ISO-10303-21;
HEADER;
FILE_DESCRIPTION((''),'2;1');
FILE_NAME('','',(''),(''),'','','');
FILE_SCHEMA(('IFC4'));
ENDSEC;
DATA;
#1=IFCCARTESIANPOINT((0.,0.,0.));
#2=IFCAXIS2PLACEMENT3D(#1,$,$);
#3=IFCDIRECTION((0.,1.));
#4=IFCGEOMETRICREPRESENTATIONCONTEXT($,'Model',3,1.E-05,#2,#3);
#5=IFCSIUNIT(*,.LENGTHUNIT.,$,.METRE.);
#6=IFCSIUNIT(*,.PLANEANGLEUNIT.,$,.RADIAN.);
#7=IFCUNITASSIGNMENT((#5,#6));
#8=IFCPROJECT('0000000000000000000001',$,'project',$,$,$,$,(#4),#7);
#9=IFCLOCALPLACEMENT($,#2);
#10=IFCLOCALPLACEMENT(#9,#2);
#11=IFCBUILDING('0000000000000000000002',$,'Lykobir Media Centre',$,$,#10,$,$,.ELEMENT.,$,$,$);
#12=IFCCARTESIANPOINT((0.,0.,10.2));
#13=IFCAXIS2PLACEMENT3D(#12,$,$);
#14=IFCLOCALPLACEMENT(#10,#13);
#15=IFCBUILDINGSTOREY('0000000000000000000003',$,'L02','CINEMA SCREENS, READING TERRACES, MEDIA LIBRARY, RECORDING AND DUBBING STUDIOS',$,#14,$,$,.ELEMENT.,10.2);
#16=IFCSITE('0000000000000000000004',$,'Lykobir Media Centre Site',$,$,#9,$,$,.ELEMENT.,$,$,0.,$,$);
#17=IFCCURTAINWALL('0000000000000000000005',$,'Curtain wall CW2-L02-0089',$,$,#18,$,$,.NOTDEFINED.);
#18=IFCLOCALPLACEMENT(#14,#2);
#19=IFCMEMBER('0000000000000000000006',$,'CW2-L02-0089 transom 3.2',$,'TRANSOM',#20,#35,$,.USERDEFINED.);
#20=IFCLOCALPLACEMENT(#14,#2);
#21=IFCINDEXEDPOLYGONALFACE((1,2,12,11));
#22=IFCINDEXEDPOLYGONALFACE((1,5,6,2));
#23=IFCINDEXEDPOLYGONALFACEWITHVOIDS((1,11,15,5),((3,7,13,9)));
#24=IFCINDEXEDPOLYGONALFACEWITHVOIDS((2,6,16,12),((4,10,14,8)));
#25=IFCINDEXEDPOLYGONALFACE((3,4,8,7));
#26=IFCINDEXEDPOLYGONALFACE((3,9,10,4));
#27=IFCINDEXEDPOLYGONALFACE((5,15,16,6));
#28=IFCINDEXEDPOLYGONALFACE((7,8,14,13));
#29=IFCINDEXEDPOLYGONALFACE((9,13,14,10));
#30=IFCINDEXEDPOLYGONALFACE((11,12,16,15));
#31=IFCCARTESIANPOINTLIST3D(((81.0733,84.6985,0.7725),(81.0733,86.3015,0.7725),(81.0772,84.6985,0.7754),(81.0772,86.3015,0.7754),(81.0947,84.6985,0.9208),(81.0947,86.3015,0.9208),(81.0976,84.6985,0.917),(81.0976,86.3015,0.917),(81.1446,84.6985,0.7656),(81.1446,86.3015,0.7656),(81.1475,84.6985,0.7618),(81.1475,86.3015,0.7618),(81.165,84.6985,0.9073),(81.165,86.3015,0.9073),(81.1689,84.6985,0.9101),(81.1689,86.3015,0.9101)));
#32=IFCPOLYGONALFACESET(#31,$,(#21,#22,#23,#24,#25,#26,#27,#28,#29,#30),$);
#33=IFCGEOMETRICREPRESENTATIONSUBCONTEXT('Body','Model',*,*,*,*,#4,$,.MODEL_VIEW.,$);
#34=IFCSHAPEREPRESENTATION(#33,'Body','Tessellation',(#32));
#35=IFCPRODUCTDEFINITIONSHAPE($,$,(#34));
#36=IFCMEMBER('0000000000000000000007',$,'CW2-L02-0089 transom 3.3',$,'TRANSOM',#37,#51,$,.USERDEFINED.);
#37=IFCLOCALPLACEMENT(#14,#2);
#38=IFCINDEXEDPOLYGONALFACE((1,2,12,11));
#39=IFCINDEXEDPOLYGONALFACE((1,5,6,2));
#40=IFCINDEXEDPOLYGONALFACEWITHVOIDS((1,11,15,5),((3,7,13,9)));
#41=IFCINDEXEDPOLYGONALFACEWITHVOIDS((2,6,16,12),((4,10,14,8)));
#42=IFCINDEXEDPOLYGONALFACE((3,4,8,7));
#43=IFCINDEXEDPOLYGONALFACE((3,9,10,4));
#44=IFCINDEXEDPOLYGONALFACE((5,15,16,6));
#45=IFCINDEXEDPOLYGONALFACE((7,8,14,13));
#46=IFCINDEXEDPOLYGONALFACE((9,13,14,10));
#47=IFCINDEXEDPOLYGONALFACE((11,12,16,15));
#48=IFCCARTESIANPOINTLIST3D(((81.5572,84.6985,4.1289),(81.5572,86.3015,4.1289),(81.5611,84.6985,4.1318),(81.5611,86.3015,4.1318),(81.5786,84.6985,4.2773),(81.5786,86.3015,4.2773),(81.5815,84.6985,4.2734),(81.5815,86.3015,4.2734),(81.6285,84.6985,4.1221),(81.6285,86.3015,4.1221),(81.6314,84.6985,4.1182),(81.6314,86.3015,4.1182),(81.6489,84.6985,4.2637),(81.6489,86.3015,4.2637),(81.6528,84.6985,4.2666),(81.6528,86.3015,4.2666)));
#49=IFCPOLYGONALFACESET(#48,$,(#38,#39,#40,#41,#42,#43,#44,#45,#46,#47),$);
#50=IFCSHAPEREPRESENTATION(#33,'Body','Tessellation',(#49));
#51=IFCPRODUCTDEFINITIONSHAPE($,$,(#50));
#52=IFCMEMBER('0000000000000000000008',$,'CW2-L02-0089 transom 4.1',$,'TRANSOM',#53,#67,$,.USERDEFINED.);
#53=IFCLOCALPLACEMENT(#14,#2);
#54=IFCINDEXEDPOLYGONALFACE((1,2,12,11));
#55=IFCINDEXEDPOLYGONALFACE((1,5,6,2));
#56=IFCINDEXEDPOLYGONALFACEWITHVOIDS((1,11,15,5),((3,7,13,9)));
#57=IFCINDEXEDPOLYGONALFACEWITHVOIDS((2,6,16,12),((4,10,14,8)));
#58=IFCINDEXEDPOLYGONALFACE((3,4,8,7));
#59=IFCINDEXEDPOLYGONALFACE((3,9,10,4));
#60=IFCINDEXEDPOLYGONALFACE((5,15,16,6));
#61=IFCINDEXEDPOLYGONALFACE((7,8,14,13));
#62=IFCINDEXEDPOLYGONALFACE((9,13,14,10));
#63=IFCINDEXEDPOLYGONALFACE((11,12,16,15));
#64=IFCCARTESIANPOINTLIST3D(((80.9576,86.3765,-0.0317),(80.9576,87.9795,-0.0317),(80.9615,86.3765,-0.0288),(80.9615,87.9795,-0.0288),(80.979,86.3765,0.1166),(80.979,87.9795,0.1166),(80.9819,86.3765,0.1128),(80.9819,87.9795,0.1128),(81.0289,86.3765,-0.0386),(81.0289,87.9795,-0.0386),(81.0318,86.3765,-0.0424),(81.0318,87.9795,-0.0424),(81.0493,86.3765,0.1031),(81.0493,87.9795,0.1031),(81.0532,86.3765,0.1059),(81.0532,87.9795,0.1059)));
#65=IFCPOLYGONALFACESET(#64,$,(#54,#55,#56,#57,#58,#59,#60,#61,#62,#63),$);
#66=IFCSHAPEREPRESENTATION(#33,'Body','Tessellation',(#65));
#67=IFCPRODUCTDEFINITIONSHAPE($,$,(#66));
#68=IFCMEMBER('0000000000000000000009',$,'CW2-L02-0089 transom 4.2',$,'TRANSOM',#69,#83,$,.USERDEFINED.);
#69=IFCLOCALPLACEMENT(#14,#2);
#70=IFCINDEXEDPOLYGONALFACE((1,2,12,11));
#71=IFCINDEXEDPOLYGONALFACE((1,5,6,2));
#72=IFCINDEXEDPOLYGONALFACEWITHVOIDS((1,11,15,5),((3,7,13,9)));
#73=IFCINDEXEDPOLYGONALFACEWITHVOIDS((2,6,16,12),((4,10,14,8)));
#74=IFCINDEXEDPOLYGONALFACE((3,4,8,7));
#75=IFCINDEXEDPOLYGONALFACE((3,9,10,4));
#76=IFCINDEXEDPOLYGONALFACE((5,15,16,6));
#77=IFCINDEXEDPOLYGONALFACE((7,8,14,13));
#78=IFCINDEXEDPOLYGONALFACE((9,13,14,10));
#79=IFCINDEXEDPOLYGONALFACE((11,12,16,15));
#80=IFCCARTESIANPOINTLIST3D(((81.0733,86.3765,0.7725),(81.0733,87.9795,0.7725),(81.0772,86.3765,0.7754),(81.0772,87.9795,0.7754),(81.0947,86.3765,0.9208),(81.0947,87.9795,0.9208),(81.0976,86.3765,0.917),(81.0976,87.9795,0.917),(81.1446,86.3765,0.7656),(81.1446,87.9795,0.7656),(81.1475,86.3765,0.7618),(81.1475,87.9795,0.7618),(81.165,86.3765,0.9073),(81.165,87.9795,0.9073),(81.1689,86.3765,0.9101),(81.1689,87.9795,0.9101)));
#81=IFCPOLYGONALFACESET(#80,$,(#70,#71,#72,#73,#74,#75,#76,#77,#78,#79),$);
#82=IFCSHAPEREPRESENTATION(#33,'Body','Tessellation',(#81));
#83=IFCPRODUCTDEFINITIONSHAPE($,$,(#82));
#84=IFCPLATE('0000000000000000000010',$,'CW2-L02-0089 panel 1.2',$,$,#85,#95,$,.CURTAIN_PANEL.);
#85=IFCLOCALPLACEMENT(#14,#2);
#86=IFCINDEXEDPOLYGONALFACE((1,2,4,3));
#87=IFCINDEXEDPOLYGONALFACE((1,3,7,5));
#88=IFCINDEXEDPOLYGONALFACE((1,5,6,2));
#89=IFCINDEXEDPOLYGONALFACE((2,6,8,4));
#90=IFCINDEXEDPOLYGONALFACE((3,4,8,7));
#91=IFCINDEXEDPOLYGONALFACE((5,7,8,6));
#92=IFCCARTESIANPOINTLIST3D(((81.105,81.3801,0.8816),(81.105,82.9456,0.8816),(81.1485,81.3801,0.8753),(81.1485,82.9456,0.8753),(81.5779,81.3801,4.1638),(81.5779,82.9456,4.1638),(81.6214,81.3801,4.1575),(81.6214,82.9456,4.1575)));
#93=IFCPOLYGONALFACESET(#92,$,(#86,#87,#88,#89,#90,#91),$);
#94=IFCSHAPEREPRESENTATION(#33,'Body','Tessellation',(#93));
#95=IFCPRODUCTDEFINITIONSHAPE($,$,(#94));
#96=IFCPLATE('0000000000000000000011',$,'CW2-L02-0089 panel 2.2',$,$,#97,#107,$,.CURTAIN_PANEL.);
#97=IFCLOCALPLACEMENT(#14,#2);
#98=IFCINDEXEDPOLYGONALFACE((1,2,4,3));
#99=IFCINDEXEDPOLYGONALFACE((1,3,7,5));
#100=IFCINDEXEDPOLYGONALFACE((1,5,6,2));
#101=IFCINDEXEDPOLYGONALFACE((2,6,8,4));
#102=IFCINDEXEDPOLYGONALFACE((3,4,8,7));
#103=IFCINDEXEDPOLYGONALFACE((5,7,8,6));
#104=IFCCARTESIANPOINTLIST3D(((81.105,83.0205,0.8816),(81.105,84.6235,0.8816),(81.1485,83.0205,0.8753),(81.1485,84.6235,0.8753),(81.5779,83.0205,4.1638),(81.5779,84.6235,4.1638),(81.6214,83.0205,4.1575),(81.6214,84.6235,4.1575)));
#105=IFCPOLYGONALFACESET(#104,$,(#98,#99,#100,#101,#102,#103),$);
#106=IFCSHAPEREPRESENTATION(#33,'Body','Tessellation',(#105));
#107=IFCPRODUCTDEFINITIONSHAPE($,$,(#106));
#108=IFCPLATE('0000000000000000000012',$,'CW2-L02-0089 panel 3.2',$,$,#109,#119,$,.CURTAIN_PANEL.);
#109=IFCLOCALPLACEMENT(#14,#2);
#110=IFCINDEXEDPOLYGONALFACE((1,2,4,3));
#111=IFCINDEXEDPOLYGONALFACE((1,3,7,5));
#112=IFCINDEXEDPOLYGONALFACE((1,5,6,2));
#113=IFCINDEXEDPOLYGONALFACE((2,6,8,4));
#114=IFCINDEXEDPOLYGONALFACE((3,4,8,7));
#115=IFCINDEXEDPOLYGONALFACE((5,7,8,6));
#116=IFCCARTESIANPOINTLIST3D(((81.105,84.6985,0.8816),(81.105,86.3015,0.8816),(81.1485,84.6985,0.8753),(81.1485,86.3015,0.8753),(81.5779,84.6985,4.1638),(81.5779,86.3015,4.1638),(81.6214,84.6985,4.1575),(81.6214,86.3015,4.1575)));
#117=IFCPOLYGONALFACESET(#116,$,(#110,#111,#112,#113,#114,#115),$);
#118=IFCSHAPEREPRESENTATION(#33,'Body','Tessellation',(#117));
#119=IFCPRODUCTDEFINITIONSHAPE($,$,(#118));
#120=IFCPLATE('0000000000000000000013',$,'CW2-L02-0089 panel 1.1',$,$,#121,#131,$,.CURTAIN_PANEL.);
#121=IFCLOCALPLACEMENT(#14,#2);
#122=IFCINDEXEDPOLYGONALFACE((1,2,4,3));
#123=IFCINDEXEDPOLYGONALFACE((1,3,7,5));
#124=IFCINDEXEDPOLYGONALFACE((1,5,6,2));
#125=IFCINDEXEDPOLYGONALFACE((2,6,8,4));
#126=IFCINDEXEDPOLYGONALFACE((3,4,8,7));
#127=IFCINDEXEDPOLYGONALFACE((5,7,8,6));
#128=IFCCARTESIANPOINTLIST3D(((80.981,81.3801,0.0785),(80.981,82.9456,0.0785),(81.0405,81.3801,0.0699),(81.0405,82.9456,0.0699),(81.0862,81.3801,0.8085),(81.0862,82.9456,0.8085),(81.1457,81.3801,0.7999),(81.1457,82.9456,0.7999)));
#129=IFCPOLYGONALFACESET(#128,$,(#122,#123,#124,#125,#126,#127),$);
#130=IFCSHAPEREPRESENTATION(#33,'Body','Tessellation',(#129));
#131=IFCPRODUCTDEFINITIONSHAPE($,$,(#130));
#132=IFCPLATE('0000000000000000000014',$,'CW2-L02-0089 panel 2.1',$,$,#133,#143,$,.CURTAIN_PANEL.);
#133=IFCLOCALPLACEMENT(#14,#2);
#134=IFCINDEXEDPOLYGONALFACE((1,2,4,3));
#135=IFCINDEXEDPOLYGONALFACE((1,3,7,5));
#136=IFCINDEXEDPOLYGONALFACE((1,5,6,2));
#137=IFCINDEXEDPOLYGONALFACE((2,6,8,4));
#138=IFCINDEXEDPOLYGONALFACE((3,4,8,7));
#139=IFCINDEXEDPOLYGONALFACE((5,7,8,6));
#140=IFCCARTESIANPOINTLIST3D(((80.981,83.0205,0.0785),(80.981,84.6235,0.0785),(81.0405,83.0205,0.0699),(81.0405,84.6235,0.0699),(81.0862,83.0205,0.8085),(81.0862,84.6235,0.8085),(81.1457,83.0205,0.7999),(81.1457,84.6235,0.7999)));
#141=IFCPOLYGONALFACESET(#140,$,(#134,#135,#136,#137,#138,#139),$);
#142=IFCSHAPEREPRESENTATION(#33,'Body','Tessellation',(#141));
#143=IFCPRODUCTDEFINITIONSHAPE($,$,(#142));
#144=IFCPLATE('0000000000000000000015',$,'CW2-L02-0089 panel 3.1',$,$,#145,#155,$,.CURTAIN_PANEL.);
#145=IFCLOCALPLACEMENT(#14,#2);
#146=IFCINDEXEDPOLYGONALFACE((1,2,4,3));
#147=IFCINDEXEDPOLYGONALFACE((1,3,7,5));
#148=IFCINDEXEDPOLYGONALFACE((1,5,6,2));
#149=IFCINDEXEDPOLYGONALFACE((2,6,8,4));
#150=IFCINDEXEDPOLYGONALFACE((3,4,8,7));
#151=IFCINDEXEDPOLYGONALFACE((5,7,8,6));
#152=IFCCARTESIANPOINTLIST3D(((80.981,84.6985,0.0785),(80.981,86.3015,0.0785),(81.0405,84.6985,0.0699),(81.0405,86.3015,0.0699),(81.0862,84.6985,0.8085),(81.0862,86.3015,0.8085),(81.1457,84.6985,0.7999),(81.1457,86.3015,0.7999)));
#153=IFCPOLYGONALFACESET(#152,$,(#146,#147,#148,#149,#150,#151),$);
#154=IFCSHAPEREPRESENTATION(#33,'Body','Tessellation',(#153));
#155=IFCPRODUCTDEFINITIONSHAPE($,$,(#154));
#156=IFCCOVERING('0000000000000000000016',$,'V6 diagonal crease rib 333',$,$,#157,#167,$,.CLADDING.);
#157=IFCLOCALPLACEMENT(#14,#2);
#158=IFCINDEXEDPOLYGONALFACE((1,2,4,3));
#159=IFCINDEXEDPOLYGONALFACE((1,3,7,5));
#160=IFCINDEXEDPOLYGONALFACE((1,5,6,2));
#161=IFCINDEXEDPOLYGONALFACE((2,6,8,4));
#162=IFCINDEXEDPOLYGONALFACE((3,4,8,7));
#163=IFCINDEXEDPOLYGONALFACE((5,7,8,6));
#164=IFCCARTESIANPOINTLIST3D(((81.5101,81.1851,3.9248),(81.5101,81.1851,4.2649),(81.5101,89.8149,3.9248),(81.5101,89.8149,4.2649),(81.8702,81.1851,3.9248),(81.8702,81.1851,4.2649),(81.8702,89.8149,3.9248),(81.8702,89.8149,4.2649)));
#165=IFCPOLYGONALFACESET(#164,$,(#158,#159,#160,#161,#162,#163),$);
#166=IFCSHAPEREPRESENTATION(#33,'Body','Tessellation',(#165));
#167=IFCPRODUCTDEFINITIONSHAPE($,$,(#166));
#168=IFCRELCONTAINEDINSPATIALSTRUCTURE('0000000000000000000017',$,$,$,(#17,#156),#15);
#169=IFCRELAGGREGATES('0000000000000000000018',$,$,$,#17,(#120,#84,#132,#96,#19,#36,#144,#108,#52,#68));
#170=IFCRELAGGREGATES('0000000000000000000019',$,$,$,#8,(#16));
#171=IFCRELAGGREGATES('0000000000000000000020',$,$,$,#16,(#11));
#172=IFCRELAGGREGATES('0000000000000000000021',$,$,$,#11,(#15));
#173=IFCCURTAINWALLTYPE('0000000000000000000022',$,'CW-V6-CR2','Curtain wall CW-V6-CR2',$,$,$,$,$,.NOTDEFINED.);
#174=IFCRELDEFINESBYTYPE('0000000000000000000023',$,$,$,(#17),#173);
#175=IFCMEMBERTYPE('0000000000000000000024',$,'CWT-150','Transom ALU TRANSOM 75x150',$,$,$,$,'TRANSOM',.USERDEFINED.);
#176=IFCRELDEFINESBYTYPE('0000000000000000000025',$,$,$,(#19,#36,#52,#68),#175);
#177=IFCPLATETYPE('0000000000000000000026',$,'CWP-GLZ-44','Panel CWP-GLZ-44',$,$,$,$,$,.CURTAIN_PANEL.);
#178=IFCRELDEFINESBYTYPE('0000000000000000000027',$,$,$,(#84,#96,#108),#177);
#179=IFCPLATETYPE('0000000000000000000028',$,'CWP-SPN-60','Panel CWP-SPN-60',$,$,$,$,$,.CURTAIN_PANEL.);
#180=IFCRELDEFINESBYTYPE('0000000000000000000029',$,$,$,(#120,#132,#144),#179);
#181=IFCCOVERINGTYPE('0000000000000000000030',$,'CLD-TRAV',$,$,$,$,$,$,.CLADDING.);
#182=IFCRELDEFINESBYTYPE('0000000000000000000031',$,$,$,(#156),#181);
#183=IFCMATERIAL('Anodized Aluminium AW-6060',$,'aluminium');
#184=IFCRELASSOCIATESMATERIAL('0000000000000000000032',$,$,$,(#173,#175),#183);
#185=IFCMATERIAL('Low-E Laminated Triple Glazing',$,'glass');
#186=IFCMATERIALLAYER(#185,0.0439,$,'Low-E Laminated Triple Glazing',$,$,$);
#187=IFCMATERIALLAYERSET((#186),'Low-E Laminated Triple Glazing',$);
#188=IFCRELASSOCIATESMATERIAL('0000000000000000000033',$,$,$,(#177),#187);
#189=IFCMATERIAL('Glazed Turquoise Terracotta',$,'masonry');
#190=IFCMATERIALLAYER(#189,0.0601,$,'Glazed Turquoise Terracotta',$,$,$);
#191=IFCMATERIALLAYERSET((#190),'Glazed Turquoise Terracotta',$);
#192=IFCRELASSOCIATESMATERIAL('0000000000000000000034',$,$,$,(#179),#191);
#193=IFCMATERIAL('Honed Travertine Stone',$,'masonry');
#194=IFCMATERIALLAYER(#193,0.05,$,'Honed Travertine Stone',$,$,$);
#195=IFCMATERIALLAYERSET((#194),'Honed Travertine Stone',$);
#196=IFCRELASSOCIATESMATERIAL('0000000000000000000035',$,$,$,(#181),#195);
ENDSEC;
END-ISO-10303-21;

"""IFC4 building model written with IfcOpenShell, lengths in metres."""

from ifc_helpers import new_model, si_unit, direction, frame, origin, origin_2d, place, context, subcontext, project, spatial, rectangle, hollow_rectangle, extrude, material, layer, layer_set, material_profile, profile_set, type_object, element, aggregate, save


model = new_model("IFC4")

# Units and contexts
model_context = context("Model", 3, precision=1e-05, world=origin(), true_north=direction((0.0, 1.0)))
body_context = subcontext(model_context, "Body", "Model", "MODEL_VIEW")
ifc_project = project(units=[si_unit("LENGTHUNIT", "METRE"), si_unit("PLANEANGLEUNIT", "RADIAN")], contexts=[model_context])

# Site, building, storey
site_placement = place(None, origin())
site = spatial("IfcSite", under=ifc_project, at=site_placement, Name="Lykobir Media Centre Site", CompositionType="ELEMENT", RefElevation=0.0)
building_placement = place(site_placement, origin())
building = spatial("IfcBuilding", under=site, at=building_placement, Name="Lykobir Media Centre", CompositionType="ELEMENT")
storey_placement = place(building_placement, frame((0.0, 0.0, 10.2)))
storey = spatial("IfcBuildingStorey", under=building, at=storey_placement, Name="L02", Description="CINEMA SCREENS, READING TERRACES, MEDIA LIBRARY, RECORDING AND DUBBING STUDIOS", CompositionType="ELEMENT", Elevation=10.2)

# Curtain wall, members, plates
ifc_material_1 = material(Name="Anodized Aluminium AW-6060", Category="aluminium")
curtain_wall_type = type_object("IfcCurtainWallType", Name="CW-V6-CR2", Description="Curtain wall CW-V6-CR2", PredefinedType="NOTDEFINED", material=ifc_material_1)
curtain_wall_placement = place(storey_placement, origin())
curtain_wall = element("IfcCurtainWall", 1, at=curtain_wall_placement, inside=storey, type_object=curtain_wall_type, Name="Curtain wall CW2-L02-0089", PredefinedType="NOTDEFINED")
ifc_material_profile_1 = material_profile(ifc_material_1, hollow_rectangle(XDim=0.075, YDim=0.1499, WallThickness=0.0034, at=origin_2d()), Name="ALU TRANSOM 75x150")
ifc_profile_set_1 = profile_set([ifc_material_profile_1], Name="Anodized Aluminium AW-6060")
member_type_1 = type_object("IfcMemberType", Name="CWT-150", Description="Transom ALU TRANSOM 75x150", ElementType="TRANSOM", PredefinedType="USERDEFINED", material=ifc_profile_set_1)
member_1_placement = place(storey_placement, frame((81.1211, 84.6985, 0.8413), z_axis=(0.0, 1.0, 0.0), x_axis=(-0.989776, 0.0, 0.142629)))
member_1 = element("IfcMember", 2, at=member_1_placement, type_object=member_type_1, Name="CW2-L02-0089 transom 3.2", ObjectType="TRANSOM", PredefinedType="USERDEFINED", context=body_context, shape_type="SweptSolid", body=[
    extrude(hollow_rectangle(XDim=0.075, YDim=0.1499, WallThickness=0.0034, at=origin_2d()), origin(), (0.0, 0.0, 1.0), 1.603),
])
member_2_placement = place(storey_placement, frame((81.605, 84.6985, 4.1978), z_axis=(0.0, 1.0, 0.0), x_axis=(-0.989776, 0.0, 0.142629)))
member_2 = element("IfcMember", 3, at=member_2_placement, type_object=member_type_1, Name="CW2-L02-0089 transom 3.3", ObjectType="TRANSOM", PredefinedType="USERDEFINED", context=body_context, shape_type="SweptSolid", body=[
    extrude(hollow_rectangle(XDim=0.075, YDim=0.1499, WallThickness=0.0034, at=origin_2d()), origin(), (0.0, 0.0, 1.0), 1.603),
])
member_3_placement = place(storey_placement, frame((81.0054, 86.3765, 0.0371), z_axis=(0.0, 1.0, 0.0), x_axis=(-0.989776, 0.0, 0.142629)))
member_3 = element("IfcMember", 4, at=member_3_placement, type_object=member_type_1, Name="CW2-L02-0089 transom 4.1", ObjectType="TRANSOM", PredefinedType="USERDEFINED", context=body_context, shape_type="SweptSolid", body=[
    extrude(hollow_rectangle(XDim=0.075, YDim=0.1499, WallThickness=0.0034, at=origin_2d()), origin(), (0.0, 0.0, 1.0), 1.603),
])
member_4_placement = place(storey_placement, frame((81.1211, 86.3765, 0.8413), z_axis=(0.0, 1.0, 0.0), x_axis=(-0.989776, 0.0, 0.142629)))
member_4 = element("IfcMember", 5, at=member_4_placement, type_object=member_type_1, Name="CW2-L02-0089 transom 4.2", ObjectType="TRANSOM", PredefinedType="USERDEFINED", context=body_context, shape_type="SweptSolid", body=[
    extrude(hollow_rectangle(XDim=0.075, YDim=0.1499, WallThickness=0.0034, at=origin_2d()), origin(), (0.0, 0.0, 1.0), 1.603),
])
ifc_material_2 = material(Name="Low-E Laminated Triple Glazing", Category="glass")
ifc_layer_1 = layer(ifc_material_2, 0.0439, Name="Low-E Laminated Triple Glazing")
ifc_layer_set_1 = layer_set([ifc_layer_1], Name="Low-E Laminated Triple Glazing")
plate_type_1 = type_object("IfcPlateType", Name="CWP-GLZ-44", Description="Panel CWP-GLZ-44", PredefinedType="CURTAIN_PANEL", material=ifc_layer_set_1)
plate_1_placement = place(storey_placement, frame((81.1267, 82.1628, 0.8784), z_axis=(0.142629, 0.0, 0.989776), x_axis=(0.0, 1.0, 0.0)))
plate_1 = element("IfcPlate", 6, at=plate_1_placement, type_object=plate_type_1, Name="CW2-L02-0089 panel 1.2", PredefinedType="CURTAIN_PANEL", context=body_context, shape_type="SweptSolid", body=[
    extrude(rectangle(XDim=1.5654, YDim=0.0439, at=origin_2d()), origin(), (0.0, 0.0, 1.0), 3.3162),
])
plate_2_placement = place(storey_placement, frame((81.1267, 83.822, 0.8784), z_axis=(0.142629, 0.0, 0.989776), x_axis=(0.0, 1.0, 0.0)))
plate_2 = element("IfcPlate", 7, at=plate_2_placement, type_object=plate_type_1, Name="CW2-L02-0089 panel 2.2", PredefinedType="CURTAIN_PANEL", context=body_context, shape_type="SweptSolid", body=[
    extrude(rectangle(XDim=1.603, YDim=0.0439, at=origin_2d()), origin(), (0.0, 0.0, 1.0), 3.3162),
])
plate_3_placement = place(storey_placement, frame((81.1267, 85.5, 0.8784), z_axis=(0.142629, 0.0, 0.989776), x_axis=(0.0, 1.0, 0.0)))
plate_3 = element("IfcPlate", 8, at=plate_3_placement, type_object=plate_type_1, Name="CW2-L02-0089 panel 3.2", PredefinedType="CURTAIN_PANEL", context=body_context, shape_type="SweptSolid", body=[
    extrude(rectangle(XDim=1.603, YDim=0.0439, at=origin_2d()), origin(), (0.0, 0.0, 1.0), 3.3162),
])
ifc_material_3 = material(Name="Glazed Turquoise Terracotta", Category="masonry")
ifc_layer_2 = layer(ifc_material_3, 0.0601, Name="Glazed Turquoise Terracotta")
ifc_layer_set_2 = layer_set([ifc_layer_2], Name="Glazed Turquoise Terracotta")
plate_type_2 = type_object("IfcPlateType", Name="CWP-SPN-60", Description="Panel CWP-SPN-60", PredefinedType="CURTAIN_PANEL", material=ifc_layer_set_2)
plate_4_placement = place(storey_placement, frame((81.0107, 82.1628, 0.0742), z_axis=(0.142629, 0.0, 0.989776), x_axis=(0.0, 1.0, 0.0)))
plate_4 = element("IfcPlate", 9, at=plate_4_placement, type_object=plate_type_2, Name="CW2-L02-0089 panel 1.1", PredefinedType="CURTAIN_PANEL", context=body_context, shape_type="SweptSolid", body=[
    extrude(rectangle(XDim=1.5654, YDim=0.0601, at=origin_2d()), origin(), (0.0, 0.0, 1.0), 0.7375),
])
plate_5_placement = place(storey_placement, frame((81.0107, 83.822, 0.0742), z_axis=(0.142629, 0.0, 0.989776), x_axis=(0.0, 1.0, 0.0)))
plate_5 = element("IfcPlate", 10, at=plate_5_placement, type_object=plate_type_2, Name="CW2-L02-0089 panel 2.1", PredefinedType="CURTAIN_PANEL", context=body_context, shape_type="SweptSolid", body=[
    extrude(rectangle(XDim=1.603, YDim=0.0601, at=origin_2d()), origin(), (0.0, 0.0, 1.0), 0.7375),
])
plate_6_placement = place(storey_placement, frame((81.0107, 85.5, 0.0742), z_axis=(0.142629, 0.0, 0.989776), x_axis=(0.0, 1.0, 0.0)))
plate_6 = element("IfcPlate", 11, at=plate_6_placement, type_object=plate_type_2, Name="CW2-L02-0089 panel 3.1", PredefinedType="CURTAIN_PANEL", context=body_context, shape_type="SweptSolid", body=[
    extrude(rectangle(XDim=1.603, YDim=0.0601, at=origin_2d()), origin(), (0.0, 0.0, 1.0), 0.7375),
])
aggregate(curtain_wall, [plate_4, plate_1, plate_5, plate_2, member_1, member_2, plate_6, plate_3, member_3, member_4])

# Covering
ifc_material_4 = material(Name="Honed Travertine Stone", Category="masonry")
ifc_layer_3 = layer(ifc_material_4, 0.05, Name="Honed Travertine Stone")
ifc_layer_set_3 = layer_set([ifc_layer_3], Name="Honed Travertine Stone")
covering_type = type_object("IfcCoveringType", Name="CLD-TRAV", PredefinedType="CLADDING", material=ifc_layer_set_3)
covering_placement = place(storey_placement, frame((81.6902, 85.5, 3.9248), z_axis=(0.0, 0.0, 1.0), x_axis=(0.0, 1.0, 0.0)))
element("IfcCovering", 12, at=covering_placement, inside=storey, type_object=covering_type, Name="V6 diagonal crease rib 333", PredefinedType="CLADDING", context=body_context, shape_type="SweptSolid", body=[
    extrude(rectangle(XDim=8.6299, YDim=0.3601, at=origin_2d()), origin(), (0.0, 0.0, 1.0), 0.3401),
])

save(model, "model.ifc")
